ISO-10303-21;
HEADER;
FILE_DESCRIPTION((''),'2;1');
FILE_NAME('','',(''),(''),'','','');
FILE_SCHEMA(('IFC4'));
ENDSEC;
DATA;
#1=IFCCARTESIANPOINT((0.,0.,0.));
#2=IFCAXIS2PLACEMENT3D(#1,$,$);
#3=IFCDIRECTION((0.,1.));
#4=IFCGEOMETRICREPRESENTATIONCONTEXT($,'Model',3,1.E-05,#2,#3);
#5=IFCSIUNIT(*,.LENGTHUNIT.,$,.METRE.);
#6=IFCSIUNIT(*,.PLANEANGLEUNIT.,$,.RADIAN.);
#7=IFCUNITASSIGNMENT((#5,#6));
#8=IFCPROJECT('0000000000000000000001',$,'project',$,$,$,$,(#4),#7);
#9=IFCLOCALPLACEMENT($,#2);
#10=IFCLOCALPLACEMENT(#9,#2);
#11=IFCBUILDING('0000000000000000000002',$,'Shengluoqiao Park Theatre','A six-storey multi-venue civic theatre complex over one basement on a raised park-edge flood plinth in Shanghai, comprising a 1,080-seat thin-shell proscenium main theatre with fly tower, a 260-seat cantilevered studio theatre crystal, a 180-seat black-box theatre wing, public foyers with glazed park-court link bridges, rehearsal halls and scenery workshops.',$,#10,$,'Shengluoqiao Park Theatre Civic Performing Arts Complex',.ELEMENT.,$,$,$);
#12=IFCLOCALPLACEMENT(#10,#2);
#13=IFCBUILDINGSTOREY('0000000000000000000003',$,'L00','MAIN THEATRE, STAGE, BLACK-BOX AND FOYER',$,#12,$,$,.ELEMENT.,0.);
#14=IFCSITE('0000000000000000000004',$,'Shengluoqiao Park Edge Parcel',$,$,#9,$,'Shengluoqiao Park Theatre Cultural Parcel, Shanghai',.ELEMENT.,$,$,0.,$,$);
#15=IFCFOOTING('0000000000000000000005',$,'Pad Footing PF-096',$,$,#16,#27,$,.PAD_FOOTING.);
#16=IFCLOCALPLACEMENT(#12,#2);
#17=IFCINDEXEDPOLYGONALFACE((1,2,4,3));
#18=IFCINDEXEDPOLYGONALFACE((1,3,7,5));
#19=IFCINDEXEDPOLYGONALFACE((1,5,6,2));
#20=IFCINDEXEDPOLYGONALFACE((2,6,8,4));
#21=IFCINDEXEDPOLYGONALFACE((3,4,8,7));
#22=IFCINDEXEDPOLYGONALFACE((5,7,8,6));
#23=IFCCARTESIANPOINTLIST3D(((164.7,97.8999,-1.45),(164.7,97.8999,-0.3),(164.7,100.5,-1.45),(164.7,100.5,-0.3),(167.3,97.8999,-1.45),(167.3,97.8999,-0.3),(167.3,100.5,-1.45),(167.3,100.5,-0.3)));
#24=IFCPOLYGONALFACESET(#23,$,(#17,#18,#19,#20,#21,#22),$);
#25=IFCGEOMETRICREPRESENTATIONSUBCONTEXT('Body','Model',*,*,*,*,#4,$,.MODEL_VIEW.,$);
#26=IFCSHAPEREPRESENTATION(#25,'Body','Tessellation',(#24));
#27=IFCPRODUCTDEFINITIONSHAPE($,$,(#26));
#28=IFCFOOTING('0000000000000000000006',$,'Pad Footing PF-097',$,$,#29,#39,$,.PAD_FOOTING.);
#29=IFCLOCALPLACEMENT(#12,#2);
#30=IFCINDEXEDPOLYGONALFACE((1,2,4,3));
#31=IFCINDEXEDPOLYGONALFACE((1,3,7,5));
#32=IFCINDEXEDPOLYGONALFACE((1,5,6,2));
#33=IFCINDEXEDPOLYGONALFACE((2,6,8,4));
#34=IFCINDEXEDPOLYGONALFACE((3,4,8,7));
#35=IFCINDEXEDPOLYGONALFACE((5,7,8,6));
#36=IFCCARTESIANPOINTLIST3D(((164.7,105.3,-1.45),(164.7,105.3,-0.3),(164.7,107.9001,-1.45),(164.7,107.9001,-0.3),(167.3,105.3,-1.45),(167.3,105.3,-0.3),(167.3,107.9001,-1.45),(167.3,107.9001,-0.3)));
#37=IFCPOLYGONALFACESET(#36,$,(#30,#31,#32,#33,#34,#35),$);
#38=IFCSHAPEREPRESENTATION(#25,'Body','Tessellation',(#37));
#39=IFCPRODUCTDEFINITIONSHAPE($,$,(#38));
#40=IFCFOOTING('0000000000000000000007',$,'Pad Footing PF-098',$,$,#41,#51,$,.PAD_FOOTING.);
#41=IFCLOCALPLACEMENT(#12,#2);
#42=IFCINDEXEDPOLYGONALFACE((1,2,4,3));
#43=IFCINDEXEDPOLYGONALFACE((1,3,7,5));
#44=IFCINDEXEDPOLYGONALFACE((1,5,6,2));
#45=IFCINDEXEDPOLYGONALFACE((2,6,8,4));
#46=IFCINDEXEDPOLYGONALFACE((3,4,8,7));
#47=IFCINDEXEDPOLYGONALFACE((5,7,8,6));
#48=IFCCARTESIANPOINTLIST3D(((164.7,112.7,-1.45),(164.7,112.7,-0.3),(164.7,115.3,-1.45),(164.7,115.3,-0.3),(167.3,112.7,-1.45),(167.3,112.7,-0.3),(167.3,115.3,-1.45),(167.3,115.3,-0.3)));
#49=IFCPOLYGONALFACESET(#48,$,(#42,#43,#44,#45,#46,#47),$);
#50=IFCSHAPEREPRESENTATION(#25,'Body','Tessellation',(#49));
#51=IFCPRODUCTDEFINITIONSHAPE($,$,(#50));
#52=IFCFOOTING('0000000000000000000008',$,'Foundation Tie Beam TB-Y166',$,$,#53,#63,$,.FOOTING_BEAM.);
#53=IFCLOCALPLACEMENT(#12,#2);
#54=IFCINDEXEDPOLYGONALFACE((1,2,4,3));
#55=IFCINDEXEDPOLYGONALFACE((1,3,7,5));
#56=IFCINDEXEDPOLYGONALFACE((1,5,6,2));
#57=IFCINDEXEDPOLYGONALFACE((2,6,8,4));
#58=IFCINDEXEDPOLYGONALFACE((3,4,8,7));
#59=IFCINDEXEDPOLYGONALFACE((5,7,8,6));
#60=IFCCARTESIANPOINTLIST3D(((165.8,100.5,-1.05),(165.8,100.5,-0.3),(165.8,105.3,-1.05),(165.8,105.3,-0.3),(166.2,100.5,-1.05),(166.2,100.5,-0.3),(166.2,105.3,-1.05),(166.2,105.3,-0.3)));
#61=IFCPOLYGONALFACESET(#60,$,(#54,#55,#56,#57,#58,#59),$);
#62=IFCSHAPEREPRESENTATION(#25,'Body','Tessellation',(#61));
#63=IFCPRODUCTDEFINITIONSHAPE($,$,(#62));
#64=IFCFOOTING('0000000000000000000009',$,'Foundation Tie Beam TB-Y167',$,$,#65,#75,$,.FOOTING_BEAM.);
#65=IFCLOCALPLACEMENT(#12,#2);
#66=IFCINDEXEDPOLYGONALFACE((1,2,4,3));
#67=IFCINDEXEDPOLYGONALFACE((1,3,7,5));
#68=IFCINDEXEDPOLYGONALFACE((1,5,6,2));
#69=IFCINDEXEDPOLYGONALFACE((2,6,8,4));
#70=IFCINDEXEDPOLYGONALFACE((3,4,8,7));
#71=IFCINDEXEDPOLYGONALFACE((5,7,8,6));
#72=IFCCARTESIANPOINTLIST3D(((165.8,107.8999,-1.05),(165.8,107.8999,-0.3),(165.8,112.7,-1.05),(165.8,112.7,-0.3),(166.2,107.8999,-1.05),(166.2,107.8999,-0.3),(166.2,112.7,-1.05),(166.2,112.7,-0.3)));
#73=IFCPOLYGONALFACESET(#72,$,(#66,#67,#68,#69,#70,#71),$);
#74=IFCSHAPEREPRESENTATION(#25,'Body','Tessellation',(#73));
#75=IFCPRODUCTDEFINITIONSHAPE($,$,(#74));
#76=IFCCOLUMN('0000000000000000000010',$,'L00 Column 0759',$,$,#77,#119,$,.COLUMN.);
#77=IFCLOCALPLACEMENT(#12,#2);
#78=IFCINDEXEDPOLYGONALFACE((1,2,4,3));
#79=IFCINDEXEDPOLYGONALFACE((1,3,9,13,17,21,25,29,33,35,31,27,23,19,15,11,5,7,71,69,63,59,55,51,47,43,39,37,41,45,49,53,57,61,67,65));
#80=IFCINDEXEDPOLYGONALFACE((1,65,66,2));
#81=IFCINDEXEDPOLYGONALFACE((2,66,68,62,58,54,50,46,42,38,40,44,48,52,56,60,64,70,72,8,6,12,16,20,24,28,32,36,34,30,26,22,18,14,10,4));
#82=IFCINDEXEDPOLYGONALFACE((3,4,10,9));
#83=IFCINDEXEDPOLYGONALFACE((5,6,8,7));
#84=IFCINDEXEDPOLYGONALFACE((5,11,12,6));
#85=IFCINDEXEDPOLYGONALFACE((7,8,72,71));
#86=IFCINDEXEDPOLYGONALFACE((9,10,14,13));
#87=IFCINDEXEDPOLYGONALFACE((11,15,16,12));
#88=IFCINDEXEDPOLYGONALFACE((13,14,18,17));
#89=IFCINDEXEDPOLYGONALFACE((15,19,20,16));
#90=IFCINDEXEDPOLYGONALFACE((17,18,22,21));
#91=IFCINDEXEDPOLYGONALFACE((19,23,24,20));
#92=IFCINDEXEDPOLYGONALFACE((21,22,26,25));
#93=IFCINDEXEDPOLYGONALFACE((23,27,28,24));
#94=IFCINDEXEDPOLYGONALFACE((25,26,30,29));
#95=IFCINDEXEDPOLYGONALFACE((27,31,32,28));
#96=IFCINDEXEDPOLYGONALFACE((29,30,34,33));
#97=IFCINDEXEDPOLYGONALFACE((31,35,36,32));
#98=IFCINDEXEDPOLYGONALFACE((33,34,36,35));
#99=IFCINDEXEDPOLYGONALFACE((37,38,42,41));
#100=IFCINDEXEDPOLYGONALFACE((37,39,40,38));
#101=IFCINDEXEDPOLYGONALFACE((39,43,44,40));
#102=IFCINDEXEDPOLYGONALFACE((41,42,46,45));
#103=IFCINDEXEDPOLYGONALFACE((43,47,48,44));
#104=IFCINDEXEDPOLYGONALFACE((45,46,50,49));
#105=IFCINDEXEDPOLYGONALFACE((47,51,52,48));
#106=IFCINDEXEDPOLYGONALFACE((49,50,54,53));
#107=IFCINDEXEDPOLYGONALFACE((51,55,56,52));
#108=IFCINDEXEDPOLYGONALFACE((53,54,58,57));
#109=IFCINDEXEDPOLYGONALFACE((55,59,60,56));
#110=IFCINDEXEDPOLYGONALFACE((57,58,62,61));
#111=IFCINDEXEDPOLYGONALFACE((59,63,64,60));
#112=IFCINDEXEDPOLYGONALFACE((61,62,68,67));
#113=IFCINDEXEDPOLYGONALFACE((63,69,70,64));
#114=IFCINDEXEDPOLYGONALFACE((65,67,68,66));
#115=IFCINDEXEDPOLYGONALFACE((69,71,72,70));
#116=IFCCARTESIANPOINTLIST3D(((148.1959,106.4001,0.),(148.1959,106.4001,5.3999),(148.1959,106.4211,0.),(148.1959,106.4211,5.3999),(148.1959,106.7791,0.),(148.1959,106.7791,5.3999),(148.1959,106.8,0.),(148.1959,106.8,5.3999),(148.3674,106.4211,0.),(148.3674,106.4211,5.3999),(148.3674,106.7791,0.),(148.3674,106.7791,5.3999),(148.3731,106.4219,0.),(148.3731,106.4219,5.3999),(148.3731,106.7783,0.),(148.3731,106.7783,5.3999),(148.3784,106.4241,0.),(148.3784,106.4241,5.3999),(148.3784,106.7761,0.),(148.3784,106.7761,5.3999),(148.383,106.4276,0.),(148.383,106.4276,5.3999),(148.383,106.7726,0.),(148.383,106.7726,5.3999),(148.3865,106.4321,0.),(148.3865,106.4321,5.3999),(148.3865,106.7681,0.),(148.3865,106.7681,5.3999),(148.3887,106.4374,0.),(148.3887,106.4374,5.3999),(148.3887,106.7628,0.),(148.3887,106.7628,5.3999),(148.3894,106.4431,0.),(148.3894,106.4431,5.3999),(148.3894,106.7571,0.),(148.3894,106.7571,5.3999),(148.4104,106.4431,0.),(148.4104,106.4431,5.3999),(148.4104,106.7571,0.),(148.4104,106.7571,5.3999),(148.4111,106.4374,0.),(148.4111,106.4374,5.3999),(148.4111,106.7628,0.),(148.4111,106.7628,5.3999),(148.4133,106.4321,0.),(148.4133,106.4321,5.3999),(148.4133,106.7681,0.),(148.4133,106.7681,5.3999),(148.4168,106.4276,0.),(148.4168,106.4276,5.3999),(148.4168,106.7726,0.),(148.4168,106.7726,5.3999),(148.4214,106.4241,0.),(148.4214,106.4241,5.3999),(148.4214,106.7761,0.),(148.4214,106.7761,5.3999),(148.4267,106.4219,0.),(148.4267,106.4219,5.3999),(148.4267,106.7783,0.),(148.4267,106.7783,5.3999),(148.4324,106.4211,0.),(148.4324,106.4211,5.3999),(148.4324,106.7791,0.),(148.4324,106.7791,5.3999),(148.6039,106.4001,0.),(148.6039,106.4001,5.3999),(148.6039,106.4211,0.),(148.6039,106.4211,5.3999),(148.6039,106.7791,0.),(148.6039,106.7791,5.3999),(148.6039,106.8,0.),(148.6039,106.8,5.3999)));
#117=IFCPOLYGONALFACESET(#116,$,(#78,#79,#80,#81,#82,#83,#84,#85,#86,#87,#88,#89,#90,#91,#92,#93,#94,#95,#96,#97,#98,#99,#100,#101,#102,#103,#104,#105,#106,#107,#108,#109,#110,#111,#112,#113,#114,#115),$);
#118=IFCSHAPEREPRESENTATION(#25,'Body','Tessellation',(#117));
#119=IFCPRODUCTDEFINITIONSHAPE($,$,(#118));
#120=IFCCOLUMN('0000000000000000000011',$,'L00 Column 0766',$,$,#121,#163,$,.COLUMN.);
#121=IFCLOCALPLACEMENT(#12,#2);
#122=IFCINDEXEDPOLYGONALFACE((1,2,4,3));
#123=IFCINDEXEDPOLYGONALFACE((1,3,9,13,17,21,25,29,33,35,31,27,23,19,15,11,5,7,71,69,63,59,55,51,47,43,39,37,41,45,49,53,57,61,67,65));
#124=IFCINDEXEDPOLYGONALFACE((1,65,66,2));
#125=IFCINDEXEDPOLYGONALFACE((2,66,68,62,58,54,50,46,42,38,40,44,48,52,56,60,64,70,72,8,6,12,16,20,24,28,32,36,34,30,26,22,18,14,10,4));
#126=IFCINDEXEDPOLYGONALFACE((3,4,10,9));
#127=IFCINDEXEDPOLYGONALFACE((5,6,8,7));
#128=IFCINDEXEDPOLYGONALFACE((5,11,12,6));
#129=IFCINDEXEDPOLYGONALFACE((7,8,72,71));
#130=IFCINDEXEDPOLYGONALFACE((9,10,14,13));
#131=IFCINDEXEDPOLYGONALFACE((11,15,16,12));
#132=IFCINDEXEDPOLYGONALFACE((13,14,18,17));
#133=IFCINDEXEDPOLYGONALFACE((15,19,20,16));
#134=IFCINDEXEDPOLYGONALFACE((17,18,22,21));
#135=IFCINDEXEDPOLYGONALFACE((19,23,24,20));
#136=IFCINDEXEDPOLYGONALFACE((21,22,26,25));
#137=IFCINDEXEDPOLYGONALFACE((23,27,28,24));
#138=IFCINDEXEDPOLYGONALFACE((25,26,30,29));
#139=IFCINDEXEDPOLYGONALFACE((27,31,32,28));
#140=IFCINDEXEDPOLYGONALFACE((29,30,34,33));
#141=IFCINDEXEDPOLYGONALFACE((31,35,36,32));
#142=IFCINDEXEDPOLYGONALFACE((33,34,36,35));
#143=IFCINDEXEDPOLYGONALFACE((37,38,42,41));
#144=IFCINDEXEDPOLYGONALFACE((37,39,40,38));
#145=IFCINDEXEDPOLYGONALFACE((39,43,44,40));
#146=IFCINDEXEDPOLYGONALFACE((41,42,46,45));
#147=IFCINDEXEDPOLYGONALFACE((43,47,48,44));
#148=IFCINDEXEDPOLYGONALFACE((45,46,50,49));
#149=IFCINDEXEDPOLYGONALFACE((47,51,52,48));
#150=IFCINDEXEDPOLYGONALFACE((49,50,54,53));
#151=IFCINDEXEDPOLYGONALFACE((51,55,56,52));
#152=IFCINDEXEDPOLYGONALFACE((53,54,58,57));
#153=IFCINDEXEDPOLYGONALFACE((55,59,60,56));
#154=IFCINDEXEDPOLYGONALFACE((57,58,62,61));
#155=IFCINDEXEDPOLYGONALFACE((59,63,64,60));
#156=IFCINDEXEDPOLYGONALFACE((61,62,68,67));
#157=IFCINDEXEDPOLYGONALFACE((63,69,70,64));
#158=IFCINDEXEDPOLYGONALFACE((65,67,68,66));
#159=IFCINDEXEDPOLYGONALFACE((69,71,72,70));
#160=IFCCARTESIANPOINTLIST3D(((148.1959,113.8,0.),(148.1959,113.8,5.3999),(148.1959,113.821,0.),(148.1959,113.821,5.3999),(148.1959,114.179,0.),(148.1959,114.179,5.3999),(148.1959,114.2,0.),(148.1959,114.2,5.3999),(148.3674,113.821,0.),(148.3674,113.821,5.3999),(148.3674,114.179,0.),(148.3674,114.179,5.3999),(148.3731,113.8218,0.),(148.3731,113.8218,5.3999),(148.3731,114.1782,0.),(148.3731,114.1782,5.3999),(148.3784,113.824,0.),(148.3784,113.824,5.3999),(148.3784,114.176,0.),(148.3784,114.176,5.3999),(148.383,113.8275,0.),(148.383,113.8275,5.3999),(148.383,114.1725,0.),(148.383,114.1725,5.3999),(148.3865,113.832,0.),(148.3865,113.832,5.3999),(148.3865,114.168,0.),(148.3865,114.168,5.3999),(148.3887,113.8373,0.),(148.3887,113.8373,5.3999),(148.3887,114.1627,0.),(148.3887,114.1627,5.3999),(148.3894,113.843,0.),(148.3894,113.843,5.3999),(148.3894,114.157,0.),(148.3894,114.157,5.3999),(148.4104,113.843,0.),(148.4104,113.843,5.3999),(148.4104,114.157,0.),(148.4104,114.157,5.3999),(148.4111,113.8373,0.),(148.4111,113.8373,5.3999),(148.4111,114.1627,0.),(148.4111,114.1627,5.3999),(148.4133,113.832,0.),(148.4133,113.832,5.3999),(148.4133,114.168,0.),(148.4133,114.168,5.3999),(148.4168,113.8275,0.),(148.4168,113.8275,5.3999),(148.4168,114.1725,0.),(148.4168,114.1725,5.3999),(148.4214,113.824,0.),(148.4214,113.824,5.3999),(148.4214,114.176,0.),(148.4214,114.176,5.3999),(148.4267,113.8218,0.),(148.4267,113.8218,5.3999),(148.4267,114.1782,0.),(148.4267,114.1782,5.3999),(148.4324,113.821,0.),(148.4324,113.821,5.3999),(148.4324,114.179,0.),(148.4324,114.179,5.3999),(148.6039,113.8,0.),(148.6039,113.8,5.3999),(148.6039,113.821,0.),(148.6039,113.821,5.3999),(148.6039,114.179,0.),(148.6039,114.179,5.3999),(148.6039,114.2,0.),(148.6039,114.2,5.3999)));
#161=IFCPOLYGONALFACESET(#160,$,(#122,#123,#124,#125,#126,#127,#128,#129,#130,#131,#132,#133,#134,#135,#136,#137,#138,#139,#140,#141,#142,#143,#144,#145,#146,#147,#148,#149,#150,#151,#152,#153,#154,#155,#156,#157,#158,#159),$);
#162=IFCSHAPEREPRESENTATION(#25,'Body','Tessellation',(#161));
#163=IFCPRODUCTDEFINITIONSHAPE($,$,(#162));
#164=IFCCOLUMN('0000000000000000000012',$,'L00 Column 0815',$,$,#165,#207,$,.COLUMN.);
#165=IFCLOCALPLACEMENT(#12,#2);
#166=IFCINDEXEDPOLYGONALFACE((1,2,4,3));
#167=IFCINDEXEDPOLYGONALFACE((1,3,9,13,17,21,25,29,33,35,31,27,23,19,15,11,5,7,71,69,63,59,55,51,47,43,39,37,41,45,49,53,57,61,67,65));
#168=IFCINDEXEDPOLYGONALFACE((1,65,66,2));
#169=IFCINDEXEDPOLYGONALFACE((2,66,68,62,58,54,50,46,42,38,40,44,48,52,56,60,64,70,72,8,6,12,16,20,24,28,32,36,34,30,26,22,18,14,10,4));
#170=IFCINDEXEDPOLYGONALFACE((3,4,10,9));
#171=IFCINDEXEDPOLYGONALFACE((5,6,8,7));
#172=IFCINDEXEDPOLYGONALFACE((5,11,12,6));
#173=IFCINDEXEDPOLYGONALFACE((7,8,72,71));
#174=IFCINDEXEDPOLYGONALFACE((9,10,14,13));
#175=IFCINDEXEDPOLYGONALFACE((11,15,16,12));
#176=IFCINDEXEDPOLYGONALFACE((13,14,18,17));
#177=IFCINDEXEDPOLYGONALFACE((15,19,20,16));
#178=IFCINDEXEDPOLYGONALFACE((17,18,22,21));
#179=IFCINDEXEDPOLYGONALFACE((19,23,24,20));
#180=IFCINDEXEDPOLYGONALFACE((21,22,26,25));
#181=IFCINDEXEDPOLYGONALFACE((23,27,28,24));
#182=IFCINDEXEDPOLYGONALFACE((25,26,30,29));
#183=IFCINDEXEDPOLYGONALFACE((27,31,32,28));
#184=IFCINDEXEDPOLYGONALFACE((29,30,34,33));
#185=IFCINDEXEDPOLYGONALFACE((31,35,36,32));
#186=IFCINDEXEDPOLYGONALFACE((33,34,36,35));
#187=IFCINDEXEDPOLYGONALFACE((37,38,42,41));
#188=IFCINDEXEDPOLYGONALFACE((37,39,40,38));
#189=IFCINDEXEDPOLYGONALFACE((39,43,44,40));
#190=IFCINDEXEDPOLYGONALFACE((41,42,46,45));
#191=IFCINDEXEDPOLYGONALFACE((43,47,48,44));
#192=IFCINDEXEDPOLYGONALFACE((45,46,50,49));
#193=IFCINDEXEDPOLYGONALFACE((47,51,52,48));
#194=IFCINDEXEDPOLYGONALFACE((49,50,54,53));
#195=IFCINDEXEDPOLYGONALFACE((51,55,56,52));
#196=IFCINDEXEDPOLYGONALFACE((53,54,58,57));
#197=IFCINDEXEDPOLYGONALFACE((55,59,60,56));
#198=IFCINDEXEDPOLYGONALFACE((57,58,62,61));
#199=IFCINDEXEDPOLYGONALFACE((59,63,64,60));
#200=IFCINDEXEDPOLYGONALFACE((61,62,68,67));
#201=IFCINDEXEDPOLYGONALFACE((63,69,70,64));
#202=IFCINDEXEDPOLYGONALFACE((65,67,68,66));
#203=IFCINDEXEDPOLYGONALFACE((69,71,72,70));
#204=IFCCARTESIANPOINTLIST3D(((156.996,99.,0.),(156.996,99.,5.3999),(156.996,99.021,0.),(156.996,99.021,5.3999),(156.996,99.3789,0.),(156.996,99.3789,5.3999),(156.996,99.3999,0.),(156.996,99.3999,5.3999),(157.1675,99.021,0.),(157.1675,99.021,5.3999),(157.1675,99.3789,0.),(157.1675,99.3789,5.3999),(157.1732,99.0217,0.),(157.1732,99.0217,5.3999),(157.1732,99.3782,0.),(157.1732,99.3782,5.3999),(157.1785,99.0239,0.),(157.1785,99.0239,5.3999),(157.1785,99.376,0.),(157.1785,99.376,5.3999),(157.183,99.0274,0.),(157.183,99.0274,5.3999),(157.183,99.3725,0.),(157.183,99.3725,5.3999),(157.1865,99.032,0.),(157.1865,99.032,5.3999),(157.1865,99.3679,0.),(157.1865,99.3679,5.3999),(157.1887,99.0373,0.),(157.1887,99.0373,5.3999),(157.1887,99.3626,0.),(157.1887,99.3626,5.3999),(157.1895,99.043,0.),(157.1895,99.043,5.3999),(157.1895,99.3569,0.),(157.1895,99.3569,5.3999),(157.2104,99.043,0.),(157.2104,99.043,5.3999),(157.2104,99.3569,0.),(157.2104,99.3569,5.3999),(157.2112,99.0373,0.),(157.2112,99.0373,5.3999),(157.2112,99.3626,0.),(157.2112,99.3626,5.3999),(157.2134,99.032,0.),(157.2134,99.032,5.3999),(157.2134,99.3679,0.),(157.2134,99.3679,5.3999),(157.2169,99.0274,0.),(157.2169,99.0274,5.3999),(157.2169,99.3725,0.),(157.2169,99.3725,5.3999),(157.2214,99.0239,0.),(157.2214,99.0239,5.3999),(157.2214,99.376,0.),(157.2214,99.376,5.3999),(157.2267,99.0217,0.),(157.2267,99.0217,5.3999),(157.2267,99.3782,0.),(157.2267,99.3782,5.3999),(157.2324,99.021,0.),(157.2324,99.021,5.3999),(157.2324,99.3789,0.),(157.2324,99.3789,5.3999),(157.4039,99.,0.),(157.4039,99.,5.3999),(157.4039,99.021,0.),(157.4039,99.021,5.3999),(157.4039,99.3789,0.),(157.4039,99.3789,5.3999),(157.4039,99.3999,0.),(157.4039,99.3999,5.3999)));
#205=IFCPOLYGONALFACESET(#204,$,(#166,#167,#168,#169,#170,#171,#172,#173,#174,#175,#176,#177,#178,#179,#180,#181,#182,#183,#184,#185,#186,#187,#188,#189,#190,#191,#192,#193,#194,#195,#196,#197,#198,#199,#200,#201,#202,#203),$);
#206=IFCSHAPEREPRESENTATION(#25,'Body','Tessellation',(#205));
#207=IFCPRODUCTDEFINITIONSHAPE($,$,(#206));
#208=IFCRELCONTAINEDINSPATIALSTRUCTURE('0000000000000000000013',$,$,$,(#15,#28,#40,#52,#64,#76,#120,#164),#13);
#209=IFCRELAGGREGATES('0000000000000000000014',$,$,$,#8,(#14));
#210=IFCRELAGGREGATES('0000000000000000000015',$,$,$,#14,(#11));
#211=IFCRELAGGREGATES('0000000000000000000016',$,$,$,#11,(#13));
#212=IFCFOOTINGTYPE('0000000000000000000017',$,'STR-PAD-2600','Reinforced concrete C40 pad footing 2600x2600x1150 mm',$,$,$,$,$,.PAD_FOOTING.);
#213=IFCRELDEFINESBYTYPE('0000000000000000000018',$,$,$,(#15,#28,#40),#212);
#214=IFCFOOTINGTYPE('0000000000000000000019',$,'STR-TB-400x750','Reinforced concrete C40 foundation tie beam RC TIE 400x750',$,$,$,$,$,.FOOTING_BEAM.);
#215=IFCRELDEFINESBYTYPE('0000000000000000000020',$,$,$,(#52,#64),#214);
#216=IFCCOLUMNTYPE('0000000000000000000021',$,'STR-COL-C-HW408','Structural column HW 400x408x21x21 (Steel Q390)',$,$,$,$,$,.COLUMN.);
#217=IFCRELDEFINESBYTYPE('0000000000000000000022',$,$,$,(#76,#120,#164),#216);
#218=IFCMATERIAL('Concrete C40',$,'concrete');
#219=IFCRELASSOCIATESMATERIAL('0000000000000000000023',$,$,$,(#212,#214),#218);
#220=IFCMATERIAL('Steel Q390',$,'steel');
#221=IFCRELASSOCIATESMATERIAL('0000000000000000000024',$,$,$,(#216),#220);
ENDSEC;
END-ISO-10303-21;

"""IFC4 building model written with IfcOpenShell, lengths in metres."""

from ifc_helpers import new_model, si_unit, direction, frame, origin, origin_2d, place, context, subcontext, project, spatial, rectangle, i_section, extrude, material, material_profile, profile_set, type_object, element, save


model = new_model("IFC4")

# Units and contexts
model_context = context("Model", 3, precision=1e-05, world=origin(), true_north=direction((0.0, 1.0)))
body_context = subcontext(model_context, "Body", "Model", "MODEL_VIEW")
ifc_project = project(units=[si_unit("LENGTHUNIT", "METRE"), si_unit("PLANEANGLEUNIT", "RADIAN")], contexts=[model_context])

# Site, building, storey
site_placement = place(None, origin())
site = spatial("IfcSite", under=ifc_project, at=site_placement, Name="Shengluoqiao Park Edge Parcel", LongName="Shengluoqiao Park Theatre Cultural Parcel, Shanghai", CompositionType="ELEMENT", RefElevation=0.0)
building_placement = place(site_placement, origin())
building = spatial("IfcBuilding", under=site, at=building_placement, Name="Shengluoqiao Park Theatre", Description="A six-storey multi-venue civic theatre complex over one basement on a raised park-edge flood plinth in Shanghai, comprising a 1,080-seat thin-shell proscenium main theatre with fly tower, a 260-seat cantilevered studio theatre crystal, a 180-seat black-box theatre wing, public foyers with glazed park-court link bridges, rehearsal halls and scenery workshops.", LongName="Shengluoqiao Park Theatre Civic Performing Arts Complex", CompositionType="ELEMENT")
storey_placement = place(building_placement, origin())
storey = spatial("IfcBuildingStorey", under=building, at=storey_placement, Name="L00", Description="MAIN THEATRE, STAGE, BLACK-BOX AND FOYER", CompositionType="ELEMENT", Elevation=0.0)

# Footings
ifc_material_1 = material(Name="Concrete C40", Category="concrete")
footing_type_1 = type_object("IfcFootingType", Name="STR-PAD-2600", Description="Reinforced concrete C40 pad footing 2600x2600x1150 mm", PredefinedType="PAD_FOOTING", material=ifc_material_1)
for number, where, z_axis, x_axis, name in (
    (1, (166.0, 99.2, -1.45), (0.0, 0.0, 1.0), (1.0, 0.0, 0.0), "Pad Footing PF-096"),
    (2, (166.0, 106.6001, -1.45), (0.0, 0.0, 1.0), (1.0, 0.0, 0.0), "Pad Footing PF-097"),
    (3, (166.0, 114.0, -1.45), (0.0, 0.0, 1.0), (1.0, 0.0, 0.0), "Pad Footing PF-098"),
):
    element("IfcFooting", number, at=place(storey_placement, frame(where, z_axis=z_axis, x_axis=x_axis)), inside=storey, type_object=footing_type_1, Name=name, PredefinedType="PAD_FOOTING", context=body_context, shape_type="SweptSolid", body=[
        extrude(rectangle(XDim=2.6001, YDim=2.6001, at=origin_2d()), origin(), (0.0, 0.0, 1.0), 1.1499),
    ])
ifc_material_profile_1 = material_profile(ifc_material_1, rectangle(XDim=0.3999, YDim=0.75, at=origin_2d()), Name="RC TIE 400x750")
ifc_profile_set_1 = profile_set([ifc_material_profile_1], Name="Concrete C40")
footing_type_2 = type_object("IfcFootingType", Name="STR-TB-400x750", Description="Reinforced concrete C40 foundation tie beam RC TIE 400x750", PredefinedType="FOOTING_BEAM", material=ifc_profile_set_1)
for number, where, z_axis, x_axis, name in (
    (4, (166.0, 100.5, -0.675), (0.0, 1.0, 0.0), (-1.0, 0.0, 0.0), "Foundation Tie Beam TB-Y166"),
    (5, (166.0, 107.8999, -0.675), (0.0, 1.0, 0.0), (-1.0, 0.0, 0.0), "Foundation Tie Beam TB-Y167"),
):
    element("IfcFooting", number, at=place(storey_placement, frame(where, z_axis=z_axis, x_axis=x_axis)), inside=storey, type_object=footing_type_2, Name=name, PredefinedType="FOOTING_BEAM", context=body_context, shape_type="SweptSolid", body=[
        extrude(rectangle(XDim=0.3999, YDim=0.75, at=origin_2d()), origin(), (0.0, 0.0, 1.0), 4.8),
    ])

# Columns
ifc_material_2 = material(Name="Steel Q390", Category="steel")
ifc_material_profile_2 = material_profile(ifc_material_2, i_section(OverallWidth=0.408, OverallDepth=0.3999, WebThickness=0.021, FlangeThickness=0.021, FilletRadius=0.022, at=origin_2d()), Name="HW 400x408x21x21")
ifc_profile_set_2 = profile_set([ifc_material_profile_2], Name="Steel Q390")
column_type = type_object("IfcColumnType", Name="STR-COL-C-HW408", Description="Structural column HW 400x408x21x21 (Steel Q390)", PredefinedType="COLUMN", material=ifc_profile_set_2)
for number, where, z_axis, x_axis, name in (
    (6, (148.3999, 106.6001, 0.0), (0.0, 0.0, 1.0), (1.0, 0.0, 0.0), "L00 Column 0759"),
    (7, (148.3999, 114.0, 0.0), (0.0, 0.0, 1.0), (1.0, 0.0, 0.0), "L00 Column 0766"),
    (8, (157.2, 99.2, 0.0), (0.0, 0.0, 1.0), (1.0, 0.0, 0.0), "L00 Column 0815"),
):
    element("IfcColumn", number, at=place(storey_placement, frame(where, z_axis=z_axis, x_axis=x_axis)), inside=storey, type_object=column_type, Name=name, PredefinedType="COLUMN", context=body_context, shape_type="SweptSolid", body=[
        extrude(i_section(OverallWidth=0.408, OverallDepth=0.3999, WebThickness=0.021, FlangeThickness=0.021, FilletRadius=0.022, at=origin_2d()), origin(), (0.0, 0.0, 1.0), 5.3999),
    ])

save(model, "model.ifc")
